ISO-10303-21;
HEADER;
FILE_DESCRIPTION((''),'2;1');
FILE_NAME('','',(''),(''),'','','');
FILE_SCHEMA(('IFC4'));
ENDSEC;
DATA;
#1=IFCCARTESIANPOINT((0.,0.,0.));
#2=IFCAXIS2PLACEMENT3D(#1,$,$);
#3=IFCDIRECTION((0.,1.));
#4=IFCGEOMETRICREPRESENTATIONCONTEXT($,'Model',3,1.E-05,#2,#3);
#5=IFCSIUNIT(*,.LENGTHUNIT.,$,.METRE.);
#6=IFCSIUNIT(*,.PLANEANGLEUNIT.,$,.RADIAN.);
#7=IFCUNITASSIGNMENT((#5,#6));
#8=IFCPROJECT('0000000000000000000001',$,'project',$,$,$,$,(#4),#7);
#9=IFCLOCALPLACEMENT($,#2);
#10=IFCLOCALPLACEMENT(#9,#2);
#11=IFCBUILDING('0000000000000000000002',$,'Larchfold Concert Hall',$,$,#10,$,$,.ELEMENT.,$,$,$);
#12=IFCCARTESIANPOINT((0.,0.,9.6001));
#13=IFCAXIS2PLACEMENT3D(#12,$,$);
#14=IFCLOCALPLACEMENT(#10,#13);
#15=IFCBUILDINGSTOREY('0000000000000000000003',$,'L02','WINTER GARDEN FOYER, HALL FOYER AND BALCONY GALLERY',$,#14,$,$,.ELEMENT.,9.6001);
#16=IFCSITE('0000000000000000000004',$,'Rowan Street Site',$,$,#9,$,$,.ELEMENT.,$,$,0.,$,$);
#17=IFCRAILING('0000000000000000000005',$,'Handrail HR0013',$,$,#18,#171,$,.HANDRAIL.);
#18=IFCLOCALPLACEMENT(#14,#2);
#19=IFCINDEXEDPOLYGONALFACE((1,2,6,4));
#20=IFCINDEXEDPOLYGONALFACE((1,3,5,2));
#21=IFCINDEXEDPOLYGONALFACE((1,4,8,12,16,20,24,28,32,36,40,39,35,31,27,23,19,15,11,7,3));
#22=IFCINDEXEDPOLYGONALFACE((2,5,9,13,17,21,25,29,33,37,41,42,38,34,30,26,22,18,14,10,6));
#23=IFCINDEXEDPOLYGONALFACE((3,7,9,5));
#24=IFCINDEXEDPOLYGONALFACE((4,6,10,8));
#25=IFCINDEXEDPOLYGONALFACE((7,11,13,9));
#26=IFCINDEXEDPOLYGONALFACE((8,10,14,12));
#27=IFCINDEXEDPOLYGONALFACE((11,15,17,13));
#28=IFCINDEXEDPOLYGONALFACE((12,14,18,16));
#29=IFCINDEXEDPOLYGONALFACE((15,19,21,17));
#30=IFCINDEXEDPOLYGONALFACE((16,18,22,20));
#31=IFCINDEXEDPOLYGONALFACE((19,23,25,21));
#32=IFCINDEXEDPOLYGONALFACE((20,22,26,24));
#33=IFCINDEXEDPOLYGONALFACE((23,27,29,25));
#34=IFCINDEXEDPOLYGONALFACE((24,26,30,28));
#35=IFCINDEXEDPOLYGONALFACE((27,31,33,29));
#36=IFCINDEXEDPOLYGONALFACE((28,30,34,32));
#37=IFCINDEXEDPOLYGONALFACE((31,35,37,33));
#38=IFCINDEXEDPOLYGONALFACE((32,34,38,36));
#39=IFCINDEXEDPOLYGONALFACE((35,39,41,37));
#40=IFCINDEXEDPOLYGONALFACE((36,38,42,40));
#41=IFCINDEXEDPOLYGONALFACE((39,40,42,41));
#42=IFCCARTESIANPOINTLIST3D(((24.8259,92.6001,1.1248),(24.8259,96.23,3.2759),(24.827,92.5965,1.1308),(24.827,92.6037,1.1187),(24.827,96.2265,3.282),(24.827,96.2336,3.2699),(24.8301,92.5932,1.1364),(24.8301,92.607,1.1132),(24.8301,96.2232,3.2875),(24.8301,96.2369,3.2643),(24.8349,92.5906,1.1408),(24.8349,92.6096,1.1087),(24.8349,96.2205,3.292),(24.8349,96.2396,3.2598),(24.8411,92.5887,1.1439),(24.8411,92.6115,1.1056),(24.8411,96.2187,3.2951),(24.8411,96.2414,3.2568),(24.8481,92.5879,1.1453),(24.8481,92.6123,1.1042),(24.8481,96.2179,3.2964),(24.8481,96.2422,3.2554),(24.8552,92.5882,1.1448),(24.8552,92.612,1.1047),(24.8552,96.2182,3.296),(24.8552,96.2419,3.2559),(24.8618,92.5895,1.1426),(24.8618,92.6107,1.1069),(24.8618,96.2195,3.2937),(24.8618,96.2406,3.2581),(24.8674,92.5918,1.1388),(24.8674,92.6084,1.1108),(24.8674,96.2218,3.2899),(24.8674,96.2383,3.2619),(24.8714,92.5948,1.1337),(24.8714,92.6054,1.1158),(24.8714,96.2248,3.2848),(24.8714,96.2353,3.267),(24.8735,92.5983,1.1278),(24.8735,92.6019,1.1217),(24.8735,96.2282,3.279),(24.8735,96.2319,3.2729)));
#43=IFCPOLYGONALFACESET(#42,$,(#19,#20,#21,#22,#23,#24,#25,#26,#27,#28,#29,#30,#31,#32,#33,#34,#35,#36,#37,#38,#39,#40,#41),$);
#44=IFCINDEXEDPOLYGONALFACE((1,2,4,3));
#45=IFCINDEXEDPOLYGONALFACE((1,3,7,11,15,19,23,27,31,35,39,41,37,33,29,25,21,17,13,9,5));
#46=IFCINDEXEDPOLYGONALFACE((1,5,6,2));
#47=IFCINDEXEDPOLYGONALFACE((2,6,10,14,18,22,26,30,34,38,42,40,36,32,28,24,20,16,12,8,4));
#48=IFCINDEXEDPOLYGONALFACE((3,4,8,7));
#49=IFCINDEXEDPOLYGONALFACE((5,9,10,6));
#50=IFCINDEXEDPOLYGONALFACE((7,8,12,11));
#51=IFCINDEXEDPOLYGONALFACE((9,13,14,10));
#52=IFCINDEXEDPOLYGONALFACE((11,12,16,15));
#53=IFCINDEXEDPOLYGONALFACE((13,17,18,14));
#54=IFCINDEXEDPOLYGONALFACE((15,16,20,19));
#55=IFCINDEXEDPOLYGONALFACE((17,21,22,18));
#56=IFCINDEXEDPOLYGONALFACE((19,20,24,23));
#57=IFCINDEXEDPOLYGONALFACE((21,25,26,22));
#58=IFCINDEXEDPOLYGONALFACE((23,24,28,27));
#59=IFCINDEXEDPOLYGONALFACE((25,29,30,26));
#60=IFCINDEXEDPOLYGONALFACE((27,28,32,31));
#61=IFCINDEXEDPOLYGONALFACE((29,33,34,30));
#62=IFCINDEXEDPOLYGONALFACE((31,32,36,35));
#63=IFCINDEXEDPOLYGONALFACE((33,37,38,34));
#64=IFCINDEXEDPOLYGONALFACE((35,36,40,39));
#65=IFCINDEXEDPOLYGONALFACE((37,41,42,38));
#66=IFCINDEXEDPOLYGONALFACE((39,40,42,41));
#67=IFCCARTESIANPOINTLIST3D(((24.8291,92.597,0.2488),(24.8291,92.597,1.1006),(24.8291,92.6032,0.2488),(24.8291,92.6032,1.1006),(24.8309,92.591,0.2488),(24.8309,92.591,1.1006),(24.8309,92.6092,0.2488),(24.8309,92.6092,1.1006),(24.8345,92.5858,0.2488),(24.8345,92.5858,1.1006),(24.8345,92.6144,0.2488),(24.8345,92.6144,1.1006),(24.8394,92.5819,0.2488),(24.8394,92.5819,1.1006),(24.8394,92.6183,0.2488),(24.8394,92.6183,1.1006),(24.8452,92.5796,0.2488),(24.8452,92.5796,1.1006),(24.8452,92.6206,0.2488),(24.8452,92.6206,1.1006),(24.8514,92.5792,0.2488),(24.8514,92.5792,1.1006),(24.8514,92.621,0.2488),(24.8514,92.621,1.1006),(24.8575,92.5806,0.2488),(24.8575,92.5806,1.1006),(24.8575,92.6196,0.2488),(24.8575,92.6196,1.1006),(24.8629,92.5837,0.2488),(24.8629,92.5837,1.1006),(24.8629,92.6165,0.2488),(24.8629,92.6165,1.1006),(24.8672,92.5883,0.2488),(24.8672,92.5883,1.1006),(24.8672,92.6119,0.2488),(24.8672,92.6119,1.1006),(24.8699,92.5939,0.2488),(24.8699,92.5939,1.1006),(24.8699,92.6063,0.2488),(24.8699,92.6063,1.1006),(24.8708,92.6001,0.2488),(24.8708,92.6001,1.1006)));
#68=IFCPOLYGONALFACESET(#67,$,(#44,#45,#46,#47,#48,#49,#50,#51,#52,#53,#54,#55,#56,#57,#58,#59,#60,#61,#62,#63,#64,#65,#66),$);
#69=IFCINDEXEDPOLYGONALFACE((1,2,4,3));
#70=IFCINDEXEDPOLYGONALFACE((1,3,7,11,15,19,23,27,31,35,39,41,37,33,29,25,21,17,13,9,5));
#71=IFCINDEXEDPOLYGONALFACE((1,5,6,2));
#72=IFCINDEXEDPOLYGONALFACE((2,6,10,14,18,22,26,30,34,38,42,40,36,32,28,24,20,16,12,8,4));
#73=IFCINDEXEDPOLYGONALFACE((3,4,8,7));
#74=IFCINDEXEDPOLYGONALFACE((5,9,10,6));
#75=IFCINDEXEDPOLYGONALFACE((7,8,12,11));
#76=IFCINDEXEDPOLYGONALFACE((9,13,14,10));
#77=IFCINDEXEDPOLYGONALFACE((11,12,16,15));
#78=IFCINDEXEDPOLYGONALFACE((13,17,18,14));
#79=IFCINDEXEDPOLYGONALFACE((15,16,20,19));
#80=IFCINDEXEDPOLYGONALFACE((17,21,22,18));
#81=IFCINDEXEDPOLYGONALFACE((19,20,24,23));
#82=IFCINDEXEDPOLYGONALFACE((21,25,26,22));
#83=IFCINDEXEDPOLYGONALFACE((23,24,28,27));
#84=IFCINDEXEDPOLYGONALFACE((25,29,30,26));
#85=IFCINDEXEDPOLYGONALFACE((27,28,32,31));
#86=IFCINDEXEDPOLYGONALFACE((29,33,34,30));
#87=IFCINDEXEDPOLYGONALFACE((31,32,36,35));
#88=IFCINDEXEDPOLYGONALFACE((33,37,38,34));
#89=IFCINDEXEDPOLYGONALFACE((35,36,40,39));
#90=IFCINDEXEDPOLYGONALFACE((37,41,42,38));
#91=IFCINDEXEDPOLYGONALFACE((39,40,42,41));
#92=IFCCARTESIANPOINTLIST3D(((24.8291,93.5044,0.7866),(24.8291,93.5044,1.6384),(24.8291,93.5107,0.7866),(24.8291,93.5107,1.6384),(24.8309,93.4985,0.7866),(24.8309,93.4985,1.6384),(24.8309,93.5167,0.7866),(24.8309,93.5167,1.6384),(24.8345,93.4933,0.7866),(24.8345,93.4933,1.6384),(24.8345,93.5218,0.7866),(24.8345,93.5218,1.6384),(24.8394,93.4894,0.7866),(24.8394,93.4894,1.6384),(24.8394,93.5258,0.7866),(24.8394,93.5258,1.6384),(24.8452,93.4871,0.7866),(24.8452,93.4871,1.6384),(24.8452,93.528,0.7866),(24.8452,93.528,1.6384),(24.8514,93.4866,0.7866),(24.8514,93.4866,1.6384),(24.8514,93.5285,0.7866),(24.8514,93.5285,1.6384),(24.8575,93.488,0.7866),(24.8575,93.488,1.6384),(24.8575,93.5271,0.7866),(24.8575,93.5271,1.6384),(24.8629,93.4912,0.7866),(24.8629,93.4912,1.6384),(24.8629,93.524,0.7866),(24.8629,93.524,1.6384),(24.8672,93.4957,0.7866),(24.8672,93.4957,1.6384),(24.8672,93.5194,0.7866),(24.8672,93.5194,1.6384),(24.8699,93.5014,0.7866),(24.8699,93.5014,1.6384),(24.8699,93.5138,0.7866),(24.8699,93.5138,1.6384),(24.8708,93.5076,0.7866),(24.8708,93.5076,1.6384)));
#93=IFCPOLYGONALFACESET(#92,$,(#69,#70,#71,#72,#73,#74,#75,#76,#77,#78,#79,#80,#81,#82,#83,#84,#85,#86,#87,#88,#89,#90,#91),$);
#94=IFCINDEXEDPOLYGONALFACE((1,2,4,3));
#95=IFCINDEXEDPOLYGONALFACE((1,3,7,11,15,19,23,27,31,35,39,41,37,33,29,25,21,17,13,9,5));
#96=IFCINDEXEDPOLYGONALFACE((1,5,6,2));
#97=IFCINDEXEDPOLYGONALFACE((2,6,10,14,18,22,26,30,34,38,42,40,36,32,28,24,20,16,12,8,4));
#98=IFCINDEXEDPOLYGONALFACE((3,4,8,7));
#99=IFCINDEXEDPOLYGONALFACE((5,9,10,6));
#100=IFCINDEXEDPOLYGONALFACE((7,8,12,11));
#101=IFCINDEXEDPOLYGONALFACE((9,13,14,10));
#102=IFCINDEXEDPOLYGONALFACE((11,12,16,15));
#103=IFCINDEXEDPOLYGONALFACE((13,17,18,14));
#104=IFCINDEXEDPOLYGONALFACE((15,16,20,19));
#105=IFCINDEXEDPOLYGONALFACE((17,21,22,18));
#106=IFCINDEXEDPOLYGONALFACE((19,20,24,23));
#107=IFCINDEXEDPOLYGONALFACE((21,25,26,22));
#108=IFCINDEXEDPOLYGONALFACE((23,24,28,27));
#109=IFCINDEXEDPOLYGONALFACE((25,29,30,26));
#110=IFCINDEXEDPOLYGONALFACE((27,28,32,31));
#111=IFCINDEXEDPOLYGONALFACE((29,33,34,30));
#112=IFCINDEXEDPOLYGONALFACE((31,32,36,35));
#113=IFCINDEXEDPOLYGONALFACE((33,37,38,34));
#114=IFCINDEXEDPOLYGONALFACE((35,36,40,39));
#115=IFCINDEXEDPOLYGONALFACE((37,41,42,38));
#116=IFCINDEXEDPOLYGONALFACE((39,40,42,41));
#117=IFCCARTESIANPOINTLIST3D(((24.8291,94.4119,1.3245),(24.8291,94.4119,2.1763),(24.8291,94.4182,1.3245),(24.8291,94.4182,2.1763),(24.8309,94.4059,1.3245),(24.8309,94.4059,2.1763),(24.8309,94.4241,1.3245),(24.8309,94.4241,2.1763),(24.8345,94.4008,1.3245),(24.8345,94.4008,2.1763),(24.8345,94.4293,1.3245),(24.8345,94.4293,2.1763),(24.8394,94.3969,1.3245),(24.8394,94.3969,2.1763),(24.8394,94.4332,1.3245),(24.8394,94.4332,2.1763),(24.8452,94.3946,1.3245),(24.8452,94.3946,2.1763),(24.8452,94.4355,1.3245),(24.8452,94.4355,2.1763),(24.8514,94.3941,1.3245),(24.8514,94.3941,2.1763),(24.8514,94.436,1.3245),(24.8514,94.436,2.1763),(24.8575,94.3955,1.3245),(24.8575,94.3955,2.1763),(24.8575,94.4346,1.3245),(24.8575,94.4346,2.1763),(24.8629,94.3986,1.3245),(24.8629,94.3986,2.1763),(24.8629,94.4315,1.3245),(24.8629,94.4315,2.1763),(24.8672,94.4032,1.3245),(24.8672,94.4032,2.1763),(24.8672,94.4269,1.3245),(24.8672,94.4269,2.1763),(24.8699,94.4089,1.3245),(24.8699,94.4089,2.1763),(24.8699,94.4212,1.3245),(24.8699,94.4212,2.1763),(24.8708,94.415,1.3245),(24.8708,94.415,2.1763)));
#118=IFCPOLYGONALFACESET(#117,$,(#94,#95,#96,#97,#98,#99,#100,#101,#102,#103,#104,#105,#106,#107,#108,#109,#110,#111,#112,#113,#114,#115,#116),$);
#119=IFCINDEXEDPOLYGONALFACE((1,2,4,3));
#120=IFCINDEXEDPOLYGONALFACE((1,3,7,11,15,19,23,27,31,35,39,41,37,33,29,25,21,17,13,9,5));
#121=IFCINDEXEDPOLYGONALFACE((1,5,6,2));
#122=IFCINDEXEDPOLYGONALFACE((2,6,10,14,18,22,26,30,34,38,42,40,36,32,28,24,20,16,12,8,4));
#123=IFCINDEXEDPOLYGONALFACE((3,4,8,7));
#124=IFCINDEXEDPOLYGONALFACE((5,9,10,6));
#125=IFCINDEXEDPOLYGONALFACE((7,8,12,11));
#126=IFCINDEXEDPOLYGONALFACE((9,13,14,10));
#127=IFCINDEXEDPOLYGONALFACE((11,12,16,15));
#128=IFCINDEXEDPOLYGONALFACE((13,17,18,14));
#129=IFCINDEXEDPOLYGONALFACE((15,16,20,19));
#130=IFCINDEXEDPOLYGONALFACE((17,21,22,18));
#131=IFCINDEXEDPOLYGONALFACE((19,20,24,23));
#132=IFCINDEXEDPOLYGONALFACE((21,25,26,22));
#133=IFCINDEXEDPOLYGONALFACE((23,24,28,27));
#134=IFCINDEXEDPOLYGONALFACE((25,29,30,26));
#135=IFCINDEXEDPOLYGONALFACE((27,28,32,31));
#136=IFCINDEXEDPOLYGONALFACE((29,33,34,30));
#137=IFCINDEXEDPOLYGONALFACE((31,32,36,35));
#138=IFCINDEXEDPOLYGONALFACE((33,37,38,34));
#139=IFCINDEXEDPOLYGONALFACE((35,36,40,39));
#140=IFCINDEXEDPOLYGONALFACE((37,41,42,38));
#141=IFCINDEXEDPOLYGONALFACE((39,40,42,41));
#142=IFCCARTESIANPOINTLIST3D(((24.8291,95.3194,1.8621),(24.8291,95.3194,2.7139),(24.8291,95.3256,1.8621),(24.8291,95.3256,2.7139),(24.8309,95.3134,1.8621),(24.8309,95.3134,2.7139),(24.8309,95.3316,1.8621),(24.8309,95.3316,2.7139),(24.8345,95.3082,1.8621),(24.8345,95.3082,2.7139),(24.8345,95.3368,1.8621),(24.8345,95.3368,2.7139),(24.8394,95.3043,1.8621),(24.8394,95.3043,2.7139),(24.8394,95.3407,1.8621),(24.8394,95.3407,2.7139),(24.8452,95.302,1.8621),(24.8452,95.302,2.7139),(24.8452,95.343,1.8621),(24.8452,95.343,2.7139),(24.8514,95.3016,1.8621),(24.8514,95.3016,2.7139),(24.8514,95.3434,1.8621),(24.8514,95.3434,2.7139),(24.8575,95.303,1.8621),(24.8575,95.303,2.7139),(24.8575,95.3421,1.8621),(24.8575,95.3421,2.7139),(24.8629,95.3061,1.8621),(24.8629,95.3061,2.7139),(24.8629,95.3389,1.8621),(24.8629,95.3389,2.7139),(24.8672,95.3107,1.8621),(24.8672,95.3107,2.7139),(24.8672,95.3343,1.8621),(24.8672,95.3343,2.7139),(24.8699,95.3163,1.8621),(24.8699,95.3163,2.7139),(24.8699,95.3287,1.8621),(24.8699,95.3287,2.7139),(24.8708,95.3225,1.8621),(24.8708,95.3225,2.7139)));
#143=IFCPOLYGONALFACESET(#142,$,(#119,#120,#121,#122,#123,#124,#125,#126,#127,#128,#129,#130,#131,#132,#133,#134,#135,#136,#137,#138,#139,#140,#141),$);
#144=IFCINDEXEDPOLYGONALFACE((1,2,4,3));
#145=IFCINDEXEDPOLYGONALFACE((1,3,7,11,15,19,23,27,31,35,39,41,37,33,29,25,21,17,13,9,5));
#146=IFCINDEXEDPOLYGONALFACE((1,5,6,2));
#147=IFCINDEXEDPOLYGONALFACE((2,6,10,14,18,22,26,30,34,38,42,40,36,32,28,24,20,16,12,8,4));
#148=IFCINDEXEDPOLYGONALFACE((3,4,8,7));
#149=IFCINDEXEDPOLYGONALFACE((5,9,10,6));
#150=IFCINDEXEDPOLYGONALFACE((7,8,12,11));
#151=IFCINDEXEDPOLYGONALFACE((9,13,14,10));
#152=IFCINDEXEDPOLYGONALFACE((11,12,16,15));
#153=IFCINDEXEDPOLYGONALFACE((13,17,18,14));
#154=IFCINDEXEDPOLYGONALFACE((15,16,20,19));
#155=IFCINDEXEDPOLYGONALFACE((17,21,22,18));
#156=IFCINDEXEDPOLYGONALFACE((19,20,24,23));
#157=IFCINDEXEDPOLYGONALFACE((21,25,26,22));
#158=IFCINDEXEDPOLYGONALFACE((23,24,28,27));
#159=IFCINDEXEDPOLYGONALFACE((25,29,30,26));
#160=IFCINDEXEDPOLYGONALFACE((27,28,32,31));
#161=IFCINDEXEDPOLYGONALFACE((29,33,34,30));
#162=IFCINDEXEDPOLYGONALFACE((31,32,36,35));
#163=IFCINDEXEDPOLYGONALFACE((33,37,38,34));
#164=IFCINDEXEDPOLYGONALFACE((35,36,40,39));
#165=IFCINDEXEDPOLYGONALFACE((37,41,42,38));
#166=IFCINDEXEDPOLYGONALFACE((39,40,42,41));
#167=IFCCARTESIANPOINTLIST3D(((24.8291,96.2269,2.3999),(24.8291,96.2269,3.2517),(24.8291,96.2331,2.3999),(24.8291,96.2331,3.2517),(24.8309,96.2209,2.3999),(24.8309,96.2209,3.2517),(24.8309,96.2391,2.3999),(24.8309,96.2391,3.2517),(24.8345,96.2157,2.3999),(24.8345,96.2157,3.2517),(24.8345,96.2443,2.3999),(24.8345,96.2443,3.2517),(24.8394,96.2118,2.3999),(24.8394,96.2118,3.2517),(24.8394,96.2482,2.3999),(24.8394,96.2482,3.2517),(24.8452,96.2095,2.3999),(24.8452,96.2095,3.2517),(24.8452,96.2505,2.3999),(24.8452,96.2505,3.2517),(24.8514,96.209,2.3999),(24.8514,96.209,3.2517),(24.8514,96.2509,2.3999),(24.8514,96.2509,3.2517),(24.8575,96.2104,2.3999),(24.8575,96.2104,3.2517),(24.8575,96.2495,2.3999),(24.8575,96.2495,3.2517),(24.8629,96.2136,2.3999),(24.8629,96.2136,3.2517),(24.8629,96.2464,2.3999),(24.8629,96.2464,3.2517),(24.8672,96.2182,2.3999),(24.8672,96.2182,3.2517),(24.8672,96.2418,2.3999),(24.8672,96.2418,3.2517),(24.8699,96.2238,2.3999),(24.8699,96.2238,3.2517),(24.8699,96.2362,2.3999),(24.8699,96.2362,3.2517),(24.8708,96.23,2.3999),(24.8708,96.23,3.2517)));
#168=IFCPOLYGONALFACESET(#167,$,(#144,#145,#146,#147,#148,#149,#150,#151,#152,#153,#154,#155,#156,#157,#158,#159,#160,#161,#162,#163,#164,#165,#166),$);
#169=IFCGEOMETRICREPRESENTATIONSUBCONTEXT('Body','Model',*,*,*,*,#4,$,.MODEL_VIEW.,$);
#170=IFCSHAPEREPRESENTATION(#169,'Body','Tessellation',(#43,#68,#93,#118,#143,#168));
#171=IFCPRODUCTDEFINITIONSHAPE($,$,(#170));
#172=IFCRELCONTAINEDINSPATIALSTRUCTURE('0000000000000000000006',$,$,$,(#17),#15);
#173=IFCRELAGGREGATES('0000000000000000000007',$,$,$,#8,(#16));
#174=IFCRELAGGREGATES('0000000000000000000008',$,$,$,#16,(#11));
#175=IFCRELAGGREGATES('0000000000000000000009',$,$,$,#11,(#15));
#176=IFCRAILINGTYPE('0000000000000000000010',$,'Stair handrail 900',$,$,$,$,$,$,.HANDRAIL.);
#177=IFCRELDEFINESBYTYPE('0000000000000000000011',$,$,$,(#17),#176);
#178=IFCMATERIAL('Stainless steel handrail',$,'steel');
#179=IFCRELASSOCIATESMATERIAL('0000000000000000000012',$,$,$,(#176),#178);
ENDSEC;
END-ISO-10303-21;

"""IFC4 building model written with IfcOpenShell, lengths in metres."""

from ifc_helpers import new_model, si_unit, direction, frame, origin, origin_2d, place, context, subcontext, project, spatial, circle, extrude, material, type_object, element, save


model = new_model("IFC4")

# Units and contexts
model_context = context("Model", 3, precision=1e-05, world=origin(), true_north=direction((0.0, 1.0)))
body_context = subcontext(model_context, "Body", "Model", "MODEL_VIEW")
ifc_project = project(units=[si_unit("LENGTHUNIT", "METRE"), si_unit("PLANEANGLEUNIT", "RADIAN")], contexts=[model_context])

# Site, building, storey
site_placement = place(None, origin())
site = spatial("IfcSite", under=ifc_project, at=site_placement, Name="Rowan Street Site", CompositionType="ELEMENT", RefElevation=0.0)
building_placement = place(site_placement, origin())
building = spatial("IfcBuilding", under=site, at=building_placement, Name="Larchfold Concert Hall", CompositionType="ELEMENT")
storey_placement = place(building_placement, frame((0.0, 0.0, 9.6001)))
storey = spatial("IfcBuildingStorey", under=building, at=storey_placement, Name="L02", Description="WINTER GARDEN FOYER, HALL FOYER AND BALCONY GALLERY", CompositionType="ELEMENT", Elevation=9.6001)

# Railing
ifc_material_1 = material(Name="Stainless steel handrail", Category="steel")
railing_type_1 = type_object("IfcRailingType", Name="Stair handrail 900", PredefinedType="HANDRAIL", material=ifc_material_1)
railing_1_placement = place(storey_placement, frame((24.8499, 92.6001, 0.2488)))
element("IfcRailing", 1, at=railing_1_placement, inside=storey, type_object=railing_type_1, Name="Handrail HR0013", PredefinedType="HANDRAIL", context=body_context, shape_type="SweptSolid", body=[
    extrude(circle(Radius=0.0239, at=origin_2d()), frame((0.0, 0.0, 0.876), z_axis=(0.0, 0.860283, 0.509817), x_axis=(-1.0, 0.0, 0.0)), (0.0, 0.0, 1.0), 4.2195),
    extrude(circle(Radius=0.021, at=origin_2d()), origin(), (0.0, 0.0, 1.0), 0.8518),
    extrude(circle(Radius=0.021, at=origin_2d()), frame((0.0, 0.9075, 0.5378)), (0.0, 0.0, 1.0), 0.8518),
    extrude(circle(Radius=0.021, at=origin_2d()), frame((0.0, 1.8149, 1.0757)), (0.0, 0.0, 1.0), 0.8518),
    extrude(circle(Radius=0.021, at=origin_2d()), frame((0.0, 2.7224, 1.6133)), (0.0, 0.0, 1.0), 0.8518),
    extrude(circle(Radius=0.021, at=origin_2d()), frame((0.0, 3.6299, 2.1511)), (0.0, 0.0, 1.0), 0.8518),
])

save(model, "model.ifc")
